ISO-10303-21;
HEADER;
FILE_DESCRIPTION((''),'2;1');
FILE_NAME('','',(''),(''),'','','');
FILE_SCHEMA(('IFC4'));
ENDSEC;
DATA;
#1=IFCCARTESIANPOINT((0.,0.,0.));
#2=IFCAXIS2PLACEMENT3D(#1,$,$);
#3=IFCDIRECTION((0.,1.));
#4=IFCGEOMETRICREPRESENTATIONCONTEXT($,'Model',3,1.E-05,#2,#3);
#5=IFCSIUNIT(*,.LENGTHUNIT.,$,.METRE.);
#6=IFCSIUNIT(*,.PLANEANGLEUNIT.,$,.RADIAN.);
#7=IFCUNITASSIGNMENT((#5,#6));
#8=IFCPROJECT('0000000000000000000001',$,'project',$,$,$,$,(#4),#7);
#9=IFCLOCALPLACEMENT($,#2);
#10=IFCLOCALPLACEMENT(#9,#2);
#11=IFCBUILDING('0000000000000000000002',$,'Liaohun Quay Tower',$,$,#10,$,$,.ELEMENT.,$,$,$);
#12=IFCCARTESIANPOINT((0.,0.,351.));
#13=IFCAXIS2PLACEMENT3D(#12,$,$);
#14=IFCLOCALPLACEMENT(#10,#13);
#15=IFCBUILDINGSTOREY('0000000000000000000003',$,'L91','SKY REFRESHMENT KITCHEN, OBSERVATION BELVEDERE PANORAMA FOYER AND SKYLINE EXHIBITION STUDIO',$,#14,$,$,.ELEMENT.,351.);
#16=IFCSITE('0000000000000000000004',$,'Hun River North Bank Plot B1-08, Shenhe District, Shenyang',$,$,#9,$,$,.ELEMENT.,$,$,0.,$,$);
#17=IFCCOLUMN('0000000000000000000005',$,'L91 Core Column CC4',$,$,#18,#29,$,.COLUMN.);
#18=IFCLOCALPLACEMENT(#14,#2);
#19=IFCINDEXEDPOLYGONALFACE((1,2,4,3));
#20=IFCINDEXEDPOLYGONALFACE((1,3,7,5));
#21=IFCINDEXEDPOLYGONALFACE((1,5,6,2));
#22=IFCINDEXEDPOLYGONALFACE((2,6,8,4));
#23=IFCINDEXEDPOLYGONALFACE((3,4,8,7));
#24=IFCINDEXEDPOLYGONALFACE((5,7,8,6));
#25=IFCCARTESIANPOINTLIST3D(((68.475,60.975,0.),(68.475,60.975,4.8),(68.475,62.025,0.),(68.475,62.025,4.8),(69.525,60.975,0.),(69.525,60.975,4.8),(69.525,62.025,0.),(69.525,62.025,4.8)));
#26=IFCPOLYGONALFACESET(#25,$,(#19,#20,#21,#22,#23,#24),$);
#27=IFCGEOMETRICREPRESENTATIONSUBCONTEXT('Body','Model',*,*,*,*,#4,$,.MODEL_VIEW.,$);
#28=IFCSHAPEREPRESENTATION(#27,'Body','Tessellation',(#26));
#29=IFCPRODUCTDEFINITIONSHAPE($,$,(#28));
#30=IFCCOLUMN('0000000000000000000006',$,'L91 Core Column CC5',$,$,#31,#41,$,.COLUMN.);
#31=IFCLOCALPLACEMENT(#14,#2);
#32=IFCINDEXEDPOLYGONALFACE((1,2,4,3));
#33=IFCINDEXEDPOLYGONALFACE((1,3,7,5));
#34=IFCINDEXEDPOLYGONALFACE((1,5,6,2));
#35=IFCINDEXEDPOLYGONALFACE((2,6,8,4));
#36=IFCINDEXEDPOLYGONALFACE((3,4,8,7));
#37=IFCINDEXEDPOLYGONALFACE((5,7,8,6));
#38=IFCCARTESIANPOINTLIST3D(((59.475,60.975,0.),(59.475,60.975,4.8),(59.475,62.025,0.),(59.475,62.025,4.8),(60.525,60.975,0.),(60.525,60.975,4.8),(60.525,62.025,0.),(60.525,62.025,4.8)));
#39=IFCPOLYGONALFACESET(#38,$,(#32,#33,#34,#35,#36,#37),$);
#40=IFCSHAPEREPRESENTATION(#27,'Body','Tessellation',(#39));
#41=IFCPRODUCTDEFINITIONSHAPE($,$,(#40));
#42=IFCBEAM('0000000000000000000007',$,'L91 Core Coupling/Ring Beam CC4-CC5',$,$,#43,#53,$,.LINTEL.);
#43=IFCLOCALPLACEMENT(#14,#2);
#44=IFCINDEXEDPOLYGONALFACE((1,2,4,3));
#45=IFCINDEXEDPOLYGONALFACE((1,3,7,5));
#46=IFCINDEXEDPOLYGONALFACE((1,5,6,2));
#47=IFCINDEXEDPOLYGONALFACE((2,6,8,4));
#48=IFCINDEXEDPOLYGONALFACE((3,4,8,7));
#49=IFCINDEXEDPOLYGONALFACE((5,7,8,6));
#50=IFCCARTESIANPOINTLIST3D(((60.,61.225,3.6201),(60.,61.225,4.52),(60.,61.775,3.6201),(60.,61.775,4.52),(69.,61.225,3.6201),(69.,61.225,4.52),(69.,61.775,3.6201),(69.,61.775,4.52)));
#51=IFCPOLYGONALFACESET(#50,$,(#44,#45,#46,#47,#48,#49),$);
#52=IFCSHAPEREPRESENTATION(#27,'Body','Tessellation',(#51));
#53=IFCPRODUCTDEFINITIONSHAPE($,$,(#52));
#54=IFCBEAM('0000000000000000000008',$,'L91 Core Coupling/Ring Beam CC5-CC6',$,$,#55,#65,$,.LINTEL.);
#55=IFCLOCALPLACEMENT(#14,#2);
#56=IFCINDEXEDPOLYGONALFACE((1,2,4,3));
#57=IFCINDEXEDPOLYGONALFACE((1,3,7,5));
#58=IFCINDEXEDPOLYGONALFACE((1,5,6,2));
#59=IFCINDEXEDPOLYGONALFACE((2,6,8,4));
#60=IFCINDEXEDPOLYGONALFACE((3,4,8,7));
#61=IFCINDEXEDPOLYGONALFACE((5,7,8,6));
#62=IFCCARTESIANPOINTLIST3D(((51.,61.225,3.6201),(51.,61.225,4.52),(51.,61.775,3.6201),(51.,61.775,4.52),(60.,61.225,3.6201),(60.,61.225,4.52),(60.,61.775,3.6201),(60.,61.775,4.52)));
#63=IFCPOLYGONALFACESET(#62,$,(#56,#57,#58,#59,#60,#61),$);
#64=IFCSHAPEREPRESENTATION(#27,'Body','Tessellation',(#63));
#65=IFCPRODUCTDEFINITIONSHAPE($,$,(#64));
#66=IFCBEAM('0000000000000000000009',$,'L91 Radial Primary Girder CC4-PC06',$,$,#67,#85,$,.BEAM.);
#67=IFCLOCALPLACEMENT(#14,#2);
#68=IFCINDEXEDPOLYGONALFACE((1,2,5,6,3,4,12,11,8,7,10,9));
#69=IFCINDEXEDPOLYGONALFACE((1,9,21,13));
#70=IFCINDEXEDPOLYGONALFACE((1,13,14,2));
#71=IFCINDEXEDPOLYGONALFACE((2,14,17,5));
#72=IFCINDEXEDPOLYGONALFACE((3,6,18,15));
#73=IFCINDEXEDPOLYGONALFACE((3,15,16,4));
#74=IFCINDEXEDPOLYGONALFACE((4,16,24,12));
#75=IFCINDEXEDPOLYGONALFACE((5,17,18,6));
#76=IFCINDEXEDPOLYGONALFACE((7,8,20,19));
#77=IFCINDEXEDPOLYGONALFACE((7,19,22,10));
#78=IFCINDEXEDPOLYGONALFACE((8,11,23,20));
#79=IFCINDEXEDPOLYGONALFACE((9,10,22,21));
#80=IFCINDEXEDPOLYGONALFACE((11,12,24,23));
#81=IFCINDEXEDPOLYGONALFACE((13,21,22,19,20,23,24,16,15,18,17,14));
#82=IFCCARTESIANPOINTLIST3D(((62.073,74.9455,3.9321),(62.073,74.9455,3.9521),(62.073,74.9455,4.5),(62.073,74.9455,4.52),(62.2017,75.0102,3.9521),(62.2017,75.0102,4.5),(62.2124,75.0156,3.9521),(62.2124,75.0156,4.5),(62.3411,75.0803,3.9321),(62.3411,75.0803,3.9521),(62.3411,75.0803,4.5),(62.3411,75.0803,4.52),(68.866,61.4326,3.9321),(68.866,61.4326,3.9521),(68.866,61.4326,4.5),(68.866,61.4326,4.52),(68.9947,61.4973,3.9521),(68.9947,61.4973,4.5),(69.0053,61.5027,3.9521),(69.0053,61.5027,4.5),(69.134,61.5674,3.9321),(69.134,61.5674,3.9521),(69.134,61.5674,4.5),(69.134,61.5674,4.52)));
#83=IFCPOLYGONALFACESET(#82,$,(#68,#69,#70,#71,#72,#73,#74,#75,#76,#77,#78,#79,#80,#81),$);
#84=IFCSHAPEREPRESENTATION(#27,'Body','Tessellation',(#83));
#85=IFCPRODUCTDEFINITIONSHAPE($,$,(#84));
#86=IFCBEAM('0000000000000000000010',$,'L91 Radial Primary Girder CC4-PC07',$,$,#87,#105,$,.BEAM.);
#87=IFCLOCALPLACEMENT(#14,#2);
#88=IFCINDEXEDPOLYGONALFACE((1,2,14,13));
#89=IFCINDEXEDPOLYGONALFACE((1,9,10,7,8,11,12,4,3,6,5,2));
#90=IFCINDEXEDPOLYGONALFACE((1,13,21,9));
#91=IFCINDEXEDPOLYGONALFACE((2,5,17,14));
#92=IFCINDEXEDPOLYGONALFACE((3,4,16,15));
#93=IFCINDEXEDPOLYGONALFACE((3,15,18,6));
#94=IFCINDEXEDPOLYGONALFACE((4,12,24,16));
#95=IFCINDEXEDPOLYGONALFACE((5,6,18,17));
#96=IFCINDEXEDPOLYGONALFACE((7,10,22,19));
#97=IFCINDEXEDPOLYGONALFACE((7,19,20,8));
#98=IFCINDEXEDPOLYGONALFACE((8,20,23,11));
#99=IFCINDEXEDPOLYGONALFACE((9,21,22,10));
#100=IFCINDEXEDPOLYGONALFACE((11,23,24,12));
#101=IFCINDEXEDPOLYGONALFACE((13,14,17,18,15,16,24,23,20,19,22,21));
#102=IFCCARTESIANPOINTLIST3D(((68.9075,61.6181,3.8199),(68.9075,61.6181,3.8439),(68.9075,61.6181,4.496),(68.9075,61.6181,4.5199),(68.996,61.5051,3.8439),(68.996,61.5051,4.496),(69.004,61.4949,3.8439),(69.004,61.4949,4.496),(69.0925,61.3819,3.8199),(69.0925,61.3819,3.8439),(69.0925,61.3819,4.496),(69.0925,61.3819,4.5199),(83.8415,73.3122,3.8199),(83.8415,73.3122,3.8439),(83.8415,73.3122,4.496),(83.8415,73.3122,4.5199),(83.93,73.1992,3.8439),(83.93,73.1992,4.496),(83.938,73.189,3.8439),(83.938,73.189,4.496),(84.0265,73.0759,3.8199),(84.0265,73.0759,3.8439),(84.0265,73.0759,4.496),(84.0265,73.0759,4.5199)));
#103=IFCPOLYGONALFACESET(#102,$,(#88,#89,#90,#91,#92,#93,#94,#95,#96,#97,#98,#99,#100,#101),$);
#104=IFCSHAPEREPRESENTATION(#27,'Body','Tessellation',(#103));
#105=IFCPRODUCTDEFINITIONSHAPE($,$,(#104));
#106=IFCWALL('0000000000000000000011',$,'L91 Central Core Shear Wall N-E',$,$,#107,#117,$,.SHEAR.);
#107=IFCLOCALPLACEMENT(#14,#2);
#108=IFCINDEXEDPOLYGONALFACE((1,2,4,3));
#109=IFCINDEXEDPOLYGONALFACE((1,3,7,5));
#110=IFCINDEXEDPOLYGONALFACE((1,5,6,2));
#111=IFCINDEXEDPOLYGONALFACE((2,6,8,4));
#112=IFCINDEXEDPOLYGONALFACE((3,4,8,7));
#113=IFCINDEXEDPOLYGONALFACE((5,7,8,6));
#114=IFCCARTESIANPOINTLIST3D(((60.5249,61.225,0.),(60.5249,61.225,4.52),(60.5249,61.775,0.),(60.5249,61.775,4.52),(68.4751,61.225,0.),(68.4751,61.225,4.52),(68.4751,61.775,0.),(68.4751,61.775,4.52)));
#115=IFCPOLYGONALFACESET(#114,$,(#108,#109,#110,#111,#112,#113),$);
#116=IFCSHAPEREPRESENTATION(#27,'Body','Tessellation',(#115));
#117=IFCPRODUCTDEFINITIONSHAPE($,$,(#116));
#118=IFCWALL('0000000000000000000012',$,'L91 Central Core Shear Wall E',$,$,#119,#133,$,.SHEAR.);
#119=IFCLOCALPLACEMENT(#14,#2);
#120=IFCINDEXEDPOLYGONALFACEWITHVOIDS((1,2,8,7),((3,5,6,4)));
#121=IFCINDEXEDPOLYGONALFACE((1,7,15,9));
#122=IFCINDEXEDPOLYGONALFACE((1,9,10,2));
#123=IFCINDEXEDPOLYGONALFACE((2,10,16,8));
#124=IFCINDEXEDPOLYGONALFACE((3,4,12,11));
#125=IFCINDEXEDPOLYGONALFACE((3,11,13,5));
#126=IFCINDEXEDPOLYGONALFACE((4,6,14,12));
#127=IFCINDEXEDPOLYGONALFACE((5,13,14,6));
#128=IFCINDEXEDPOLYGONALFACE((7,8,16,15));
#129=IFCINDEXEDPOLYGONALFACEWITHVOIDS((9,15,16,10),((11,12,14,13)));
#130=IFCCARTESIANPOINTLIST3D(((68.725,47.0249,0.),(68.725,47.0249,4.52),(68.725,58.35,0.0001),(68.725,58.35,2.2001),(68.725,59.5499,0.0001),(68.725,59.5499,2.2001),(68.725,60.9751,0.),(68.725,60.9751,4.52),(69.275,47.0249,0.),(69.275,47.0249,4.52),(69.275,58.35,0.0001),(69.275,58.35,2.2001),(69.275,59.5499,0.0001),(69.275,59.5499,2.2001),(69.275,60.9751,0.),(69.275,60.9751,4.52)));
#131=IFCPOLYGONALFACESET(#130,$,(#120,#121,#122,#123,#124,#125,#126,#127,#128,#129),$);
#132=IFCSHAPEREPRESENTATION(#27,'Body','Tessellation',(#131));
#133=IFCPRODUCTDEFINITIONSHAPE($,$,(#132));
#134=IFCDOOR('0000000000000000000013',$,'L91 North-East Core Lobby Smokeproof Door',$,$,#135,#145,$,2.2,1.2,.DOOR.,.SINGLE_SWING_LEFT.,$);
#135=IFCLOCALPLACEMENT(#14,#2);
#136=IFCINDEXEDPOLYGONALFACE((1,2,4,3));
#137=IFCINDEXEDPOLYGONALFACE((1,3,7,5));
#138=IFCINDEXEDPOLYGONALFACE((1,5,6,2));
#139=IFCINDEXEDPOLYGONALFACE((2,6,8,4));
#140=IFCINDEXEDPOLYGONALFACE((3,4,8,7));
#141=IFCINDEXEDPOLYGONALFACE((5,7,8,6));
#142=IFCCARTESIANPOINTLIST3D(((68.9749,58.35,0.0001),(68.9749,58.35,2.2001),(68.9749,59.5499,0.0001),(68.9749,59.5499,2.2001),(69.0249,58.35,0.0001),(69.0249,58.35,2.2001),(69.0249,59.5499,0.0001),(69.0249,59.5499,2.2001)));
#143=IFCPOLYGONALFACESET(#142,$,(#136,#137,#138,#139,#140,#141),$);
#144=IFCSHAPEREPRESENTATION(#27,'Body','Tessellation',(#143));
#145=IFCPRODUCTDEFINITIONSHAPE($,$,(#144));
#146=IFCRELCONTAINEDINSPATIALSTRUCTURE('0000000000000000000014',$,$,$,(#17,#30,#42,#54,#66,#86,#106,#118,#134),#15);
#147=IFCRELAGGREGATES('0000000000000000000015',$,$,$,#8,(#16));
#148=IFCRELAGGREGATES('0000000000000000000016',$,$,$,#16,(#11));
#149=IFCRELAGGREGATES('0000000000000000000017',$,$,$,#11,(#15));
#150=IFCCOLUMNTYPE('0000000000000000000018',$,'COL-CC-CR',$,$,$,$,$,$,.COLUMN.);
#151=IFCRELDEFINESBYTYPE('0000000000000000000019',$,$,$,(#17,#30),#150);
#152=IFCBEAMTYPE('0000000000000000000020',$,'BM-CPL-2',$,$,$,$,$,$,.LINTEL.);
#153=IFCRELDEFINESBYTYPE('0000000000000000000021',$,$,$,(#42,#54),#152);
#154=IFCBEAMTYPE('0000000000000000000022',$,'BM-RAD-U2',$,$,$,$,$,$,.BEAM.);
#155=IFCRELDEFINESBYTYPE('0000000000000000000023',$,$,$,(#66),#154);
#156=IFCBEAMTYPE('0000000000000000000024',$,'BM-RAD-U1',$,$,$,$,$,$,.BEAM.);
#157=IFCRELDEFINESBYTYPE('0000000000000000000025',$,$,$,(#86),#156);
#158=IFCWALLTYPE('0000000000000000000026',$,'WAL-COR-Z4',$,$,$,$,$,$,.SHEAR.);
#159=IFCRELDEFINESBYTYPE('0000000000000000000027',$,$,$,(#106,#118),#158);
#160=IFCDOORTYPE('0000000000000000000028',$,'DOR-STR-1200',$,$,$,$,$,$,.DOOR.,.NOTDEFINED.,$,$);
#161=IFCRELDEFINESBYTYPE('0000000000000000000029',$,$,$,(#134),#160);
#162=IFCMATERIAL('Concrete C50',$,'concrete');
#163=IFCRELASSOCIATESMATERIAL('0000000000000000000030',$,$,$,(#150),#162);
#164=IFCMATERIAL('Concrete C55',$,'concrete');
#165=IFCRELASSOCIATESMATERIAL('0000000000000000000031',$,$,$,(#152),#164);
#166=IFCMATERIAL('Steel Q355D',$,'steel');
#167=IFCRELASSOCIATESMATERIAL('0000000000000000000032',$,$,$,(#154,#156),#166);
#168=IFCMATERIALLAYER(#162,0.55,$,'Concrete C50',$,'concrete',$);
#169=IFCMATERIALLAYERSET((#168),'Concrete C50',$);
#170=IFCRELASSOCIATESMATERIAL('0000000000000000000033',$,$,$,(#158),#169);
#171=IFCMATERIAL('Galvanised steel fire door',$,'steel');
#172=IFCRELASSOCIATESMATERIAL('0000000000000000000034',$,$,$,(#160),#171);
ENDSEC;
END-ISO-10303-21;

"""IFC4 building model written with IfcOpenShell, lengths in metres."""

from ifc_helpers import new_model, si_unit, direction, frame, frame_2d, origin, origin_2d, place, context, subcontext, project, spatial, rectangle, i_section, extrude, source, transform, mapped, material, layer, layer_set, material_profile, profile_set, type_object, element, fill, save


model = new_model("IFC4")

# Units and contexts
model_context = context("Model", 3, precision=1e-05, world=origin(), true_north=direction((0.0, 1.0)))
body_context = subcontext(model_context, "Body", "Model", "MODEL_VIEW")
ifc_project = project(units=[si_unit("LENGTHUNIT", "METRE"), si_unit("PLANEANGLEUNIT", "RADIAN")], contexts=[model_context])

# Site, building, storey
site_placement = place(None, origin())
site = spatial("IfcSite", under=ifc_project, at=site_placement, Name="Hun River North Bank Plot B1-08, Shenhe District, Shenyang", CompositionType="ELEMENT", RefElevation=0.0)
building_placement = place(site_placement, origin())
building = spatial("IfcBuilding", under=site, at=building_placement, Name="Liaohun Quay Tower", CompositionType="ELEMENT")
storey_placement = place(building_placement, frame((0.0, 0.0, 351.0)))
storey = spatial("IfcBuildingStorey", under=building, at=storey_placement, Name="L91", Description="SKY REFRESHMENT KITCHEN, OBSERVATION BELVEDERE PANORAMA FOYER AND SKYLINE EXHIBITION STUDIO", CompositionType="ELEMENT", Elevation=351.0)

# Columns
ifc_material_1 = material(Name="Concrete C50", Category="concrete")
ifc_material_profile_1 = material_profile(ifc_material_1, rectangle(XDim=1.05, YDim=1.05, at=origin_2d()), Name="RC1050x1050")
ifc_profile_set_1 = profile_set([ifc_material_profile_1], Name="Concrete C50")
column_type = type_object("IfcColumnType", Name="COL-CC-CR", PredefinedType="COLUMN", material=ifc_profile_set_1)
shared_shape_1 = source(origin(), body_context, "Body", "SweptSolid", [
    extrude(rectangle(XDim=1.05, YDim=1.05, at=origin_2d()), origin(), (0.0, 0.0, 1.0), 4.8),
])
for number, where, z_axis, x_axis, name in (
    (1, (69.0, 61.5, 0.0), (0.0, 0.0, 1.0), (1.0, 0.0, 0.0), "L91 Core Column CC4"),
    (2, (60.0, 61.5, 0.0), (0.0, 0.0, 1.0), (1.0, 0.0, 0.0), "L91 Core Column CC5"),
):
    element("IfcColumn", number, at=place(storey_placement, frame(where, z_axis=z_axis, x_axis=x_axis)), inside=storey, type_object=column_type, Name=name, PredefinedType="COLUMN", context=body_context, shape_type="MappedRepresentation", body=[
        mapped(shared_shape_1, transform((0.0, 0.0, 0.0), x_axis=(1.0, 0.0, 0.0), y_axis=(0.0, 1.0, 0.0), z_axis=(0.0, 0.0, 1.0), scale=1.0)),
    ])

# Beams
ifc_material_2 = material(Name="Concrete C55", Category="concrete")
ifc_material_profile_2 = material_profile(ifc_material_2, rectangle(XDim=0.55, YDim=0.8999, at=origin_2d()), Name="RC550x900")
ifc_profile_set_2 = profile_set([ifc_material_profile_2], Name="Concrete C55")
beam_type_1 = type_object("IfcBeamType", Name="BM-CPL-2", PredefinedType="LINTEL", material=ifc_profile_set_2)
shared_shape_2 = source(origin(), body_context, "Body", "SweptSolid", [
    extrude(rectangle(XDim=0.55, YDim=0.8999, at=origin_2d()), origin(), (0.0, 0.0, 1.0), 9.0),
])
for number, where, z_axis, x_axis, name in (
    (3, (69.0, 61.5, 4.0701), (-1.0, 0.0, 0.0), (0.0, -1.0, 0.0), "L91 Core Coupling/Ring Beam CC4-CC5"),
    (4, (60.0, 61.5, 4.0701), (-1.0, 0.0, 0.0), (0.0, -1.0, 0.0), "L91 Core Coupling/Ring Beam CC5-CC6"),
):
    element("IfcBeam", number, at=place(storey_placement, frame(where, z_axis=z_axis, x_axis=x_axis)), inside=storey, type_object=beam_type_1, Name=name, PredefinedType="LINTEL", context=body_context, shape_type="MappedRepresentation", body=[
        mapped(shared_shape_2, transform((0.0, 0.0, 0.0), x_axis=(1.0, 0.0, 0.0), y_axis=(0.0, 1.0, 0.0), z_axis=(0.0, 0.0, 1.0), scale=1.0)),
    ])
ifc_material_3 = material(Name="Steel Q355D", Category="steel")
ifc_material_profile_3 = material_profile(ifc_material_3, i_section(OverallWidth=0.3, OverallDepth=0.5879, WebThickness=0.012, FlangeThickness=0.02, at=origin_2d()), Name="HM588x300x12x20")
ifc_profile_set_3 = profile_set([ifc_material_profile_3], Name="Steel Q355D")
beam_type_2 = type_object("IfcBeamType", Name="BM-RAD-U2", PredefinedType="BEAM", material=ifc_profile_set_3)
shared_shape_3 = source(origin(), body_context, "Body", "SweptSolid", [
    extrude(i_section(OverallWidth=0.3, OverallDepth=0.5879, WebThickness=0.012, FlangeThickness=0.02, at=origin_2d()), origin(), (0.0, 0.0, 1.0), 15.1243),
])
beam_1_placement = place(storey_placement, frame((69.0, 61.5, 4.2261), z_axis=(-0.449143, 0.89346, 0.0), x_axis=(-0.89346, -0.449143, 0.0)))
element("IfcBeam", 5, at=beam_1_placement, inside=storey, type_object=beam_type_2, Name="L91 Radial Primary Girder CC4-PC06", PredefinedType="BEAM", context=body_context, shape_type="MappedRepresentation", body=[
    mapped(shared_shape_3, transform((0.0, 0.0, 0.0), x_axis=(1.0, 0.0, 0.0), y_axis=(0.0, 1.0, 0.0), z_axis=(0.0, 0.0, 1.0), scale=1.0)),
])
ifc_material_profile_4 = material_profile(ifc_material_3, i_section(OverallWidth=0.3, OverallDepth=0.7, WebThickness=0.0129, FlangeThickness=0.0239, at=origin_2d()), Name="HN700x300x13x24")
ifc_profile_set_4 = profile_set([ifc_material_profile_4], Name="Steel Q355D")
beam_type_3 = type_object("IfcBeamType", Name="BM-RAD-U1", PredefinedType="BEAM", material=ifc_profile_set_4)
shared_shape_4 = source(origin(), body_context, "Body", "SweptSolid", [
    extrude(i_section(OverallWidth=0.3, OverallDepth=0.7, WebThickness=0.0129, FlangeThickness=0.0239, at=origin_2d()), origin(), (0.0, 0.0, 1.0), 18.9678),
])
beam_2_placement = place(storey_placement, frame((69.0, 61.5, 4.1699), z_axis=(0.787337, 0.616522, 0.0), x_axis=(-0.616522, 0.787337, 0.0)))
element("IfcBeam", 6, at=beam_2_placement, inside=storey, type_object=beam_type_3, Name="L91 Radial Primary Girder CC4-PC07", PredefinedType="BEAM", context=body_context, shape_type="MappedRepresentation", body=[
    mapped(shared_shape_4, transform((0.0, 0.0, 0.0), x_axis=(1.0, 0.0, 0.0), y_axis=(0.0, 1.0, 0.0), z_axis=(0.0, 0.0, 1.0), scale=1.0)),
])

# Wall
ifc_layer_1 = layer(ifc_material_1, 0.55, Name="Concrete C50", Category="concrete")
ifc_layer_set_1 = layer_set([ifc_layer_1], Name="Concrete C50")
wall_type_1 = type_object("IfcWallType", Name="WAL-COR-Z4", PredefinedType="SHEAR", material=ifc_layer_set_1)
wall_1_placement = place(storey_placement, frame((60.5249, 61.5, 0.0), z_axis=(0.0, 0.0, 1.0), x_axis=(1.0, 0.0, 0.0)))
element("IfcWall", 7, at=wall_1_placement, inside=storey, type_object=wall_type_1, Name="L91 Central Core Shear Wall N-E", PredefinedType="SHEAR", context=body_context, shape_type="SweptSolid", body=[
    extrude(rectangle(XDim=7.9502, YDim=0.55, at=frame_2d((3.9751, 0.0))), origin(), (0.0, 0.0, 1.0), 4.52),
])

# Wall, opening, door
wall_2_placement = place(storey_placement, frame((69.0, 60.9751, 0.0), z_axis=(0.0, 0.0, 1.0), x_axis=(0.0, -1.0, 0.0)))
wall_2 = element("IfcWall", 8, at=wall_2_placement, inside=storey, type_object=wall_type_1, Name="L91 Central Core Shear Wall E", PredefinedType="SHEAR", context=body_context, shape_type="SweptSolid", body=[
    extrude(rectangle(XDim=13.9502, YDim=0.55, at=frame_2d((6.9751, 0.0))), origin(), (0.0, 0.0, 1.0), 4.52),
])
shared_shape_5 = source(origin(), body_context, "Body", "SweptSolid", [
    extrude(rectangle(XDim=1.2, YDim=2.2, at=frame_2d((0.6001, 1.1001))), frame((0.0, 0.2849, 0.0), z_axis=(0.0, -1.0, 0.0), x_axis=(1.0, 0.0, 0.0)), (0.0, 0.0, 1.0), 0.5701),
])
opening_1_placement = place(wall_2_placement, frame((1.425, 0.0, 0.0)))
opening_1 = element("IfcOpeningElement", 9, at=opening_1_placement, cuts=wall_2, PredefinedType="OPENING", context=body_context, shape_type="MappedRepresentation", body=[
    mapped(shared_shape_5, transform((0.0, 0.0, 0.0), x_axis=(1.0, 0.0, 0.0), y_axis=(0.0, 1.0, 0.0), z_axis=(0.0, 0.0, 1.0), scale=1.0)),
])
ifc_material_4 = material(Name="Galvanised steel fire door", Category="steel")
door_type_1 = type_object("IfcDoorType", Name="DOR-STR-1200", OperationType="NOTDEFINED", PredefinedType="DOOR", material=ifc_material_4)
shared_shape_6 = source(origin(), body_context, "Body", "SweptSolid", [
    extrude(rectangle(XDim=1.2, YDim=2.2, at=frame_2d((0.6001, 1.1001))), frame((0.0, 0.0249, 0.0), z_axis=(0.0, -1.0, 0.0), x_axis=(1.0, 0.0, 0.0)), (0.0, 0.0, 1.0), 0.05),
])
door_1_placement = place(opening_1_placement, origin())
door_1 = element("IfcDoor", 10, at=door_1_placement, inside=storey, type_object=door_type_1, Name="L91 North-East Core Lobby Smokeproof Door", OperationType="SINGLE_SWING_LEFT", OverallHeight=2.2, OverallWidth=1.2, PredefinedType="DOOR", context=body_context, shape_type="MappedRepresentation", body=[
    mapped(shared_shape_6, transform((0.0, 0.0, 0.0), x_axis=(1.0, 0.0, 0.0), y_axis=(0.0, 1.0, 0.0), z_axis=(0.0, 0.0, 1.0), scale=1.0)),
])
fill(opening_1, door_1)

save(model, "model.ifc")
